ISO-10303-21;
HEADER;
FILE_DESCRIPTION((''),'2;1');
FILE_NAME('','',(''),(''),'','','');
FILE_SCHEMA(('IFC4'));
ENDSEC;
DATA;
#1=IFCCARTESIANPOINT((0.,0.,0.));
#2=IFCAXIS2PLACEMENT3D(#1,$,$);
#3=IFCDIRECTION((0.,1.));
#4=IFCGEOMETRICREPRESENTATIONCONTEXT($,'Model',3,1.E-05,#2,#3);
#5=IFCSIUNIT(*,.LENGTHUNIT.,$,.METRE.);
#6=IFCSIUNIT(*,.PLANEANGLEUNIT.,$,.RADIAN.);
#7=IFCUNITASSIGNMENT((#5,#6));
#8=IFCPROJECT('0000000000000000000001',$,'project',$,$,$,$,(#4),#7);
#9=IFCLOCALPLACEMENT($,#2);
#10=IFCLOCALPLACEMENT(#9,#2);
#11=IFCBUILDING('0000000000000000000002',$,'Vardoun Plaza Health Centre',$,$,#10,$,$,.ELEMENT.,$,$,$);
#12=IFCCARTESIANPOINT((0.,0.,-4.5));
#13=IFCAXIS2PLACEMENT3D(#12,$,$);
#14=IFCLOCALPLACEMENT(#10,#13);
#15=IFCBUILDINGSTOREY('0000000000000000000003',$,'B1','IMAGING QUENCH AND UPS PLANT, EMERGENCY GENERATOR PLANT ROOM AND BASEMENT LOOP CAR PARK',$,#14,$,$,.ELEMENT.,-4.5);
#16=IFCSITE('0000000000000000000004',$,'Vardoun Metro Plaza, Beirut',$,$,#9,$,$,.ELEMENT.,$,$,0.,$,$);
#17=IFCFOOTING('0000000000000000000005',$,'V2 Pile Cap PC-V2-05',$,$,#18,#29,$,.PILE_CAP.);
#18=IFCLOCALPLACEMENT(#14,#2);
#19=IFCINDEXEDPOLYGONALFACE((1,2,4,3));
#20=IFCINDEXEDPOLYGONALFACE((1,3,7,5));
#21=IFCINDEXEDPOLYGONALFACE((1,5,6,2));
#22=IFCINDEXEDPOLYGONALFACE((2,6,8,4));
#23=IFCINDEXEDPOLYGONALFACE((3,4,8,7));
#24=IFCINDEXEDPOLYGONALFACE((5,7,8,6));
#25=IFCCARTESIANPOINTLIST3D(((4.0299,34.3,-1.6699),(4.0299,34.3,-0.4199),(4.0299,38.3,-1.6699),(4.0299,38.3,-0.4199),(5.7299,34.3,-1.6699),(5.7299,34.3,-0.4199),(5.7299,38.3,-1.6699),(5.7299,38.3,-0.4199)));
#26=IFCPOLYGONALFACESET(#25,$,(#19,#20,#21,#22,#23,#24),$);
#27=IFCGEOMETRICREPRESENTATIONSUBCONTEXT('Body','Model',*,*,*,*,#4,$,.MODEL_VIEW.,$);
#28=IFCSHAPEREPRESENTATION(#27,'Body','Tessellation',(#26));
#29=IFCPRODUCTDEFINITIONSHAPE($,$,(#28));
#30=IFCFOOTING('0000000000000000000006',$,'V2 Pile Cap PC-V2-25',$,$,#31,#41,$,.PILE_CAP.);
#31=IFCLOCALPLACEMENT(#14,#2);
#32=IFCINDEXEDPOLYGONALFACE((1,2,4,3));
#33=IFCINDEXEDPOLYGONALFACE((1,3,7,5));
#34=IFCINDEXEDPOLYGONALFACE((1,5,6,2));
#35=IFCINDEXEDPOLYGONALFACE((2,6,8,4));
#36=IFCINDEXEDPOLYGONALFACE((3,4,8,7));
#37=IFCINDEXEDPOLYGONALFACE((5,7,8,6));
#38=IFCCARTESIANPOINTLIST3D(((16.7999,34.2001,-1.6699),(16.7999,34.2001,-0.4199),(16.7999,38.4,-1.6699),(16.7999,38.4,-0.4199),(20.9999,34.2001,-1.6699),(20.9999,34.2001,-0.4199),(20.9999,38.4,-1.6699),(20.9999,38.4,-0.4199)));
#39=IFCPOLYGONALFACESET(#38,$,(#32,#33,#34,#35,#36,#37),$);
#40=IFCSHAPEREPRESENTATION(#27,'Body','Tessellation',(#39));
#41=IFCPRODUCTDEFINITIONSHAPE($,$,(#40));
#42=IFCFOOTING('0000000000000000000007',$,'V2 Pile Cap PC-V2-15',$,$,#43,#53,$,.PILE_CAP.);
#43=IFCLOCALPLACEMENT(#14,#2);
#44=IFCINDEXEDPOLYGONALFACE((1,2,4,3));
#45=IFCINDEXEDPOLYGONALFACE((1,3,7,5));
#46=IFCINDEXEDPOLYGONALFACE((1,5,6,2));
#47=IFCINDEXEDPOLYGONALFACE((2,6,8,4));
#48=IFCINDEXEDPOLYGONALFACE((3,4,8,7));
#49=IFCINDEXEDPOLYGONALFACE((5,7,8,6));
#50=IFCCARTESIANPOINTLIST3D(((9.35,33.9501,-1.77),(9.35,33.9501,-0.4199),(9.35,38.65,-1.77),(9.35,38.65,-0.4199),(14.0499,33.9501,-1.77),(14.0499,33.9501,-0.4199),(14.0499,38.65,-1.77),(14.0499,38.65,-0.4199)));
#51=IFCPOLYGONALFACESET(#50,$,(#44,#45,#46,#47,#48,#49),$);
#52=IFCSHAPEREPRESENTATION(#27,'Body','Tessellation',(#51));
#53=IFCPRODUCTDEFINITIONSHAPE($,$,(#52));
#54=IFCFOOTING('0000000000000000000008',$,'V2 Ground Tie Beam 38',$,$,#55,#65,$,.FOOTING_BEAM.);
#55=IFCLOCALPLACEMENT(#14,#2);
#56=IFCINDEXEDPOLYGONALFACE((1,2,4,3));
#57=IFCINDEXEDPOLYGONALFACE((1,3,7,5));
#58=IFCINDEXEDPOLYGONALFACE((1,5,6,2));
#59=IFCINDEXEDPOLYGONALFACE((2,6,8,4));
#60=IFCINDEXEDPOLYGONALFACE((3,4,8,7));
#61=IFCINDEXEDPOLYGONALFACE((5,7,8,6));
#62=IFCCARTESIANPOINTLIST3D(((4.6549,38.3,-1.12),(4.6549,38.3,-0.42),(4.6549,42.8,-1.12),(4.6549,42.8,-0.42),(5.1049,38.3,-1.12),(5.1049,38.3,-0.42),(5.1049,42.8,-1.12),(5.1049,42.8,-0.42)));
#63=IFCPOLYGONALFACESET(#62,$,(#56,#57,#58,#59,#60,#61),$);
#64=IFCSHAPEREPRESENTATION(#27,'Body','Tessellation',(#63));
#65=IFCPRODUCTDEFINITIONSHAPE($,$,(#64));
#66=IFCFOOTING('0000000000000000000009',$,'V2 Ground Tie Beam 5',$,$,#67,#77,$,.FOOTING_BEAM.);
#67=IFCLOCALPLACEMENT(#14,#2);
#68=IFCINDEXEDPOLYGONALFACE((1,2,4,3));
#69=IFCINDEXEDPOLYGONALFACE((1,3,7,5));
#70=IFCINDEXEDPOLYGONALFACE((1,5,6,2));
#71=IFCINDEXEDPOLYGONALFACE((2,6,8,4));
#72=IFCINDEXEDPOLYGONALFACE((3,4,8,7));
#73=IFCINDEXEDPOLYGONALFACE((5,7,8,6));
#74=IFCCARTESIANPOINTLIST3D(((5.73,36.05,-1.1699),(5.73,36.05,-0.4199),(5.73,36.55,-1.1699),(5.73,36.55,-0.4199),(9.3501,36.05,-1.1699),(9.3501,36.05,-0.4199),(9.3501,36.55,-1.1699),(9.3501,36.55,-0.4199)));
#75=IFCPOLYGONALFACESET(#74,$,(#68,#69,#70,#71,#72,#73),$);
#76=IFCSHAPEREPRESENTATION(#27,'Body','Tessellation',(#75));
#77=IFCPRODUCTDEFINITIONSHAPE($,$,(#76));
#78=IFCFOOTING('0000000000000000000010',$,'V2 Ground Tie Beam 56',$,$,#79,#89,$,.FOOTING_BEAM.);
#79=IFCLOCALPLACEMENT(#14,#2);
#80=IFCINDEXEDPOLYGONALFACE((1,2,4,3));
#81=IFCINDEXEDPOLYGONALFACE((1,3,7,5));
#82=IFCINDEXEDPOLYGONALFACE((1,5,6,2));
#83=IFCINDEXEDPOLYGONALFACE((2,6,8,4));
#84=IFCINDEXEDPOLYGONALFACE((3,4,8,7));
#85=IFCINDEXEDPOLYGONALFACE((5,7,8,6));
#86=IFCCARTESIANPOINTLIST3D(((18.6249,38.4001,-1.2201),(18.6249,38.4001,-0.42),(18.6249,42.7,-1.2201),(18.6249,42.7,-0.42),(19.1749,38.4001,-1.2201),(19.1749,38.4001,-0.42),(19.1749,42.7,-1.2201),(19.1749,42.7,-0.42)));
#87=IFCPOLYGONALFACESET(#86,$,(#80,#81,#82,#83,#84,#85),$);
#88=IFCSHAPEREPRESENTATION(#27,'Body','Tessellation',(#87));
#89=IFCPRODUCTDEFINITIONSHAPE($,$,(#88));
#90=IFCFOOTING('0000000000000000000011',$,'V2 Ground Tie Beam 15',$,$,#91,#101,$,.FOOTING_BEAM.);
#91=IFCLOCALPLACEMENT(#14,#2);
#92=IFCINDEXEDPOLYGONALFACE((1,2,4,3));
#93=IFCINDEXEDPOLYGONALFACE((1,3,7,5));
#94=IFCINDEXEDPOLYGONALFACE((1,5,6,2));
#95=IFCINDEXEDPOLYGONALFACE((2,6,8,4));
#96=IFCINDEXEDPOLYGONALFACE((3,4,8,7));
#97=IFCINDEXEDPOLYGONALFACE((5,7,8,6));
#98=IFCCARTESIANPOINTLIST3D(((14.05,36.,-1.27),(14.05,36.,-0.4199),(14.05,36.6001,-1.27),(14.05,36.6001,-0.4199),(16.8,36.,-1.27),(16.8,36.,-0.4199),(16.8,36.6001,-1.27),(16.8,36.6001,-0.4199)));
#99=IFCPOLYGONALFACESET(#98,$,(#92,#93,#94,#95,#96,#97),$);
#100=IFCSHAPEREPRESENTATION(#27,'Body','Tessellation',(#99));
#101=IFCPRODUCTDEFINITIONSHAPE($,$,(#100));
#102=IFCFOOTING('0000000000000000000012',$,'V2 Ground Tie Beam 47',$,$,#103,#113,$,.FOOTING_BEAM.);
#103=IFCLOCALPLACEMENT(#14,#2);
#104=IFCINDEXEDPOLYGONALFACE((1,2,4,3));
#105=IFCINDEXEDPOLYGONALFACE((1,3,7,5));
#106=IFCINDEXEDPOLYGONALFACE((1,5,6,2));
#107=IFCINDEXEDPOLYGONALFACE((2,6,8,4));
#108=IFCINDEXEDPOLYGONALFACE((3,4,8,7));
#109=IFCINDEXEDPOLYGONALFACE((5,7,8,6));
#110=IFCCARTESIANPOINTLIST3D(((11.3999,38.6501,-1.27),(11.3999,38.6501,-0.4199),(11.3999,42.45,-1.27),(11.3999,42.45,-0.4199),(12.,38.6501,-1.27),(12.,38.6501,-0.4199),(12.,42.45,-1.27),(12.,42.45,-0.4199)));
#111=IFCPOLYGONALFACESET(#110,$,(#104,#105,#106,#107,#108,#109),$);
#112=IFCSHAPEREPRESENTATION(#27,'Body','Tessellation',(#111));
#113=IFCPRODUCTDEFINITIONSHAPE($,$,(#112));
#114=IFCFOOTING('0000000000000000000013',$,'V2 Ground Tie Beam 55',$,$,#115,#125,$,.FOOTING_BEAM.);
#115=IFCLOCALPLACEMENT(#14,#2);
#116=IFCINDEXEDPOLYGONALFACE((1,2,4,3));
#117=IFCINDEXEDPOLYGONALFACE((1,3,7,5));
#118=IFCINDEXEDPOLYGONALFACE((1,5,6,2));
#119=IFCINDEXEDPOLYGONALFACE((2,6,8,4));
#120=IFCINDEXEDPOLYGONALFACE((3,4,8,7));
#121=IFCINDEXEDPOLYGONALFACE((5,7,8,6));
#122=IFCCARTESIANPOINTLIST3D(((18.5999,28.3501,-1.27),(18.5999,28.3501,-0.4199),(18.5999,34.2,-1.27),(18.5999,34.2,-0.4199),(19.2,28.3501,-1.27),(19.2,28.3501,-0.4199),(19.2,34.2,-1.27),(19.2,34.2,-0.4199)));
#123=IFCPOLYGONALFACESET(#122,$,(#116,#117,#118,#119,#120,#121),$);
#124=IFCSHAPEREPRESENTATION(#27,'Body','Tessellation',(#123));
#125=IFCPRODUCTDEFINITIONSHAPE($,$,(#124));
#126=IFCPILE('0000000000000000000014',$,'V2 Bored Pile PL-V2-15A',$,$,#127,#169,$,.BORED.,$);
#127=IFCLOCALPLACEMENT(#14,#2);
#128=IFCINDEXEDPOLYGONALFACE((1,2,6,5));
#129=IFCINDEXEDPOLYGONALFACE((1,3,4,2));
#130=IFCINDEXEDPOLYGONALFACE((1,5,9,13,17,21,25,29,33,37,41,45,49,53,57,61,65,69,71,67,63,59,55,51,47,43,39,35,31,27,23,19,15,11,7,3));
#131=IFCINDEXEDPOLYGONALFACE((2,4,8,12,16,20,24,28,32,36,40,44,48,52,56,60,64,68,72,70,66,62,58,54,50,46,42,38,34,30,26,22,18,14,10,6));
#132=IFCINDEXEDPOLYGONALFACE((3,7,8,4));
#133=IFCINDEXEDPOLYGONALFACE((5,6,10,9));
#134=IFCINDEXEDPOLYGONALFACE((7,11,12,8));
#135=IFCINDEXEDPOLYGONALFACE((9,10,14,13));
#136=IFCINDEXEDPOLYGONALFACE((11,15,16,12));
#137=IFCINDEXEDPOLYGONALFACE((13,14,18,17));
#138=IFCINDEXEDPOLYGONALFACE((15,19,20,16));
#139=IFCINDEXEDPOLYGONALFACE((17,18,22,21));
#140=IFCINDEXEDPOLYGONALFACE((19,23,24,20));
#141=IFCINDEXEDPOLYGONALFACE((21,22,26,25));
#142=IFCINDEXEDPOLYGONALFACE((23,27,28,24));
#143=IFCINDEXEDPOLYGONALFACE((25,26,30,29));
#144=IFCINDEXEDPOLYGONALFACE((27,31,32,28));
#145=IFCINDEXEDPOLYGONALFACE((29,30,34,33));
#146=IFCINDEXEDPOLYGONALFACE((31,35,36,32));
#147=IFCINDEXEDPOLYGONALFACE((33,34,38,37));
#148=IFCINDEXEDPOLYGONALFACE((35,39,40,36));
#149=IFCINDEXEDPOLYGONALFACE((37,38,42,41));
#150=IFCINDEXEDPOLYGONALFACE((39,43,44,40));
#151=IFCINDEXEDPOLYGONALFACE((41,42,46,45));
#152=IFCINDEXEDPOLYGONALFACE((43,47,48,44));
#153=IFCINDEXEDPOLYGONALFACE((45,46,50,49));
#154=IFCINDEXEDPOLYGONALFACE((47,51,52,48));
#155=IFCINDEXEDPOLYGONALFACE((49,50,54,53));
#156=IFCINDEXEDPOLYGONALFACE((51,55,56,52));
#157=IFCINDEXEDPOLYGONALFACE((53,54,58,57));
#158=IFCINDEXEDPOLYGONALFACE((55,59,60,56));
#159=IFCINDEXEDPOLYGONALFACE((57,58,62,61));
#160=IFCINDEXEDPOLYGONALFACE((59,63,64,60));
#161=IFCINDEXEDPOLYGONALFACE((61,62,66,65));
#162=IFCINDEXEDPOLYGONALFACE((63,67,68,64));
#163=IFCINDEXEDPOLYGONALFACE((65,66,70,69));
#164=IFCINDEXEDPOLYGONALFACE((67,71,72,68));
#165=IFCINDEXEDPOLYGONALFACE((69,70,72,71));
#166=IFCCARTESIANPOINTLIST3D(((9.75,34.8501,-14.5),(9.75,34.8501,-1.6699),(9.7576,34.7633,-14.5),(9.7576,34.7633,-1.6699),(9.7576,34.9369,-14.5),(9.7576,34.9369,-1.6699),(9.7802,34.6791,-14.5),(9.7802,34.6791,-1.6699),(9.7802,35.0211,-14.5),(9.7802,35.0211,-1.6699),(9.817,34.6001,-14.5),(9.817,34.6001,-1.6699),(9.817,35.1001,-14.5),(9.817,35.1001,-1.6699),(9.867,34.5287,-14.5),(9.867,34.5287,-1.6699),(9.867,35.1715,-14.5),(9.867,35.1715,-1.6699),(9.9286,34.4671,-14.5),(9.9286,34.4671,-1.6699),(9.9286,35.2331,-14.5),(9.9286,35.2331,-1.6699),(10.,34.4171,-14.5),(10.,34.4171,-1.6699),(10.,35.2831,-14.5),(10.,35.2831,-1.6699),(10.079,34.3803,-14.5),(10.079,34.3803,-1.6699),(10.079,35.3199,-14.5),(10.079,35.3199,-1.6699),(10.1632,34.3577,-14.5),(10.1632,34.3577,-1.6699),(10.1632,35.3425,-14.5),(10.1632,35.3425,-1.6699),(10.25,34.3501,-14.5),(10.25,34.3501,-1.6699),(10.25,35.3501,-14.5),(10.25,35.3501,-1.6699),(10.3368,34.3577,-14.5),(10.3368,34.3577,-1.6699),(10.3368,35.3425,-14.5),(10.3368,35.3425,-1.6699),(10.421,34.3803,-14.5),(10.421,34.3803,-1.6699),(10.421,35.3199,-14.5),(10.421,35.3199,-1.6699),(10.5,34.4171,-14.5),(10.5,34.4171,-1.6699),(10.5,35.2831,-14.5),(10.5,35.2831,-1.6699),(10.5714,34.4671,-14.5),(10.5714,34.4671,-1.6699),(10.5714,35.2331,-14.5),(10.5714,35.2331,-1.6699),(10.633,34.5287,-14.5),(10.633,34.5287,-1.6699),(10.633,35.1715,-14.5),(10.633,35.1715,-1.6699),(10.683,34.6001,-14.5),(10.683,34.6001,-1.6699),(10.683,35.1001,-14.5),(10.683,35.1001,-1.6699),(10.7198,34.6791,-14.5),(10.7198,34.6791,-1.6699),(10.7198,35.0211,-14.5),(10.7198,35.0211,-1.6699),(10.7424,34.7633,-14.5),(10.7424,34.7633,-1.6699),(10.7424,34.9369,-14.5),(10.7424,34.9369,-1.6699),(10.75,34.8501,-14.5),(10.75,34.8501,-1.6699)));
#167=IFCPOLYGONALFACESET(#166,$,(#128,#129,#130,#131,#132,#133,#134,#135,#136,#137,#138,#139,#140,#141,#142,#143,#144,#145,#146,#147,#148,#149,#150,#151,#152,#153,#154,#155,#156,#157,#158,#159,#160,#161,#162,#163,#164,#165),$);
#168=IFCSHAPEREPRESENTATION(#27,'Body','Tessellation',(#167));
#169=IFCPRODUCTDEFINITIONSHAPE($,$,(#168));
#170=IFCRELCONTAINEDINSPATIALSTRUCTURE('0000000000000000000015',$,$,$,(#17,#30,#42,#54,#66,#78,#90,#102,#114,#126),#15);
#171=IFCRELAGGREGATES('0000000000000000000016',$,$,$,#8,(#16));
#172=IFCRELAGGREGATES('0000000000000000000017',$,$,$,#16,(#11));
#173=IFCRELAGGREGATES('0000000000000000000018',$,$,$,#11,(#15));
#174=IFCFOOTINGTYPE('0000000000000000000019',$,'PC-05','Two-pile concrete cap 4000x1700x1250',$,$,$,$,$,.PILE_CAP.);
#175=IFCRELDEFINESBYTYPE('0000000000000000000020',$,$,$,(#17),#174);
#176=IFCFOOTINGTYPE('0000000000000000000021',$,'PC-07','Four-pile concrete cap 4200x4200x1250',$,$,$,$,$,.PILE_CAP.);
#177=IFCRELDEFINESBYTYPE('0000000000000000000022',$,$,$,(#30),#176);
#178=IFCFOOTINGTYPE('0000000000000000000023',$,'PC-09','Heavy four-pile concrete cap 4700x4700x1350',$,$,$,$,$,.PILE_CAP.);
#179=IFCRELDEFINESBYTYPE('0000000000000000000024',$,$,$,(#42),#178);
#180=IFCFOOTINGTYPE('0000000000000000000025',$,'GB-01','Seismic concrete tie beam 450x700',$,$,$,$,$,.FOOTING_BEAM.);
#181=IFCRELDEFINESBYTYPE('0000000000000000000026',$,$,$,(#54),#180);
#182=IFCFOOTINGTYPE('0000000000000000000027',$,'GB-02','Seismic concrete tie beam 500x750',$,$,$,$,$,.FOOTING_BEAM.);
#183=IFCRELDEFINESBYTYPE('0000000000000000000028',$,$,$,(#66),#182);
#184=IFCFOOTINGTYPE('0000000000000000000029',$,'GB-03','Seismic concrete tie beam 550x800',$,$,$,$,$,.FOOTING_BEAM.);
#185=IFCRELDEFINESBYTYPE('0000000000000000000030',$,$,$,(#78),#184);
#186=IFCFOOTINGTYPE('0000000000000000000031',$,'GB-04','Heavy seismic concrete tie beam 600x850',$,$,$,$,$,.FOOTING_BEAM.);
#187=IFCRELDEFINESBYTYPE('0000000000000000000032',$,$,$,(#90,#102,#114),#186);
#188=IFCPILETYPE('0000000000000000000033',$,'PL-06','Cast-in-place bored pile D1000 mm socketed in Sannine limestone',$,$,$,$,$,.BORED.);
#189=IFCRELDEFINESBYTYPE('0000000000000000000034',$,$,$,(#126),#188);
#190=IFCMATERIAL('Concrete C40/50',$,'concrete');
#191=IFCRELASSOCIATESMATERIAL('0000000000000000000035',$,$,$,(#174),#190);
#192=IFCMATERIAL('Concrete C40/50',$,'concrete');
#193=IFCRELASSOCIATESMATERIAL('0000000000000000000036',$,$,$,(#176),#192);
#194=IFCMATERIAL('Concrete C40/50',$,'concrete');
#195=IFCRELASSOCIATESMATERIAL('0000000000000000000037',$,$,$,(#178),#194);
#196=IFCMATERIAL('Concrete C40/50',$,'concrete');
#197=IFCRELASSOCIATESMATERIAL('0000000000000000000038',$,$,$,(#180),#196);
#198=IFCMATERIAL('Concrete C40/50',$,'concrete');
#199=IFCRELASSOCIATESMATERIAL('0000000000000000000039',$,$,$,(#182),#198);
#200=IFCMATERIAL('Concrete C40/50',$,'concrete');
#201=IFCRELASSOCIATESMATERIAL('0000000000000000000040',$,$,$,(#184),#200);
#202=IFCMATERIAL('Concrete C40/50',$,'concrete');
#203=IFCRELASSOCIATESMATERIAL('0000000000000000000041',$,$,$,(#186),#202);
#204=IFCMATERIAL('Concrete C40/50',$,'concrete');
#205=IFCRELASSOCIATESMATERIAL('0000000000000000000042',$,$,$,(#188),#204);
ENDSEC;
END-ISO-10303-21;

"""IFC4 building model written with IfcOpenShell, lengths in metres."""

from ifc_helpers import new_model, si_unit, direction, frame, origin, origin_2d, place, context, subcontext, project, spatial, rectangle, circle, extrude, material, material_profile, profile_set, type_object, element, save


model = new_model("IFC4")

# Units and contexts
model_context = context("Model", 3, precision=1e-05, world=origin(), true_north=direction((0.0, 1.0)))
body_context = subcontext(model_context, "Body", "Model", "MODEL_VIEW")
ifc_project = project(units=[si_unit("LENGTHUNIT", "METRE"), si_unit("PLANEANGLEUNIT", "RADIAN")], contexts=[model_context])

# Site, building, storey
site_placement = place(None, origin())
site = spatial("IfcSite", under=ifc_project, at=site_placement, Name="Vardoun Metro Plaza, Beirut", CompositionType="ELEMENT", RefElevation=0.0)
building_placement = place(site_placement, origin())
building = spatial("IfcBuilding", under=site, at=building_placement, Name="Vardoun Plaza Health Centre", CompositionType="ELEMENT")
storey_placement = place(building_placement, frame((0.0, 0.0, -4.5)))
storey = spatial("IfcBuildingStorey", under=building, at=storey_placement, Name="B1", Description="IMAGING QUENCH AND UPS PLANT, EMERGENCY GENERATOR PLANT ROOM AND BASEMENT LOOP CAR PARK", CompositionType="ELEMENT", Elevation=-4.5)

# Footings
ifc_material_1 = material(Name="Concrete C40/50", Category="concrete")
footing_type_1 = type_object("IfcFootingType", Name="PC-05", Description="Two-pile concrete cap 4000x1700x1250", PredefinedType="PILE_CAP", material=ifc_material_1)
footing_1_placement = place(storey_placement, frame((4.8799, 36.3, -1.6699), z_axis=(0.0, 0.0, 1.0), x_axis=(0.0, 1.0, 0.0)))
element("IfcFooting", 1, at=footing_1_placement, inside=storey, type_object=footing_type_1, Name="V2 Pile Cap PC-V2-05", PredefinedType="PILE_CAP", context=body_context, shape_type="SweptSolid", body=[
    extrude(rectangle(XDim=4.0, YDim=1.7, at=origin_2d()), origin(), (0.0, 0.0, 1.0), 1.25),
])
ifc_material_2 = material(Name="Concrete C40/50", Category="concrete")
footing_type_2 = type_object("IfcFootingType", Name="PC-07", Description="Four-pile concrete cap 4200x4200x1250", PredefinedType="PILE_CAP", material=ifc_material_2)
footing_2_placement = place(storey_placement, frame((18.8999, 36.3, -1.6699), z_axis=(0.0, 0.0, 1.0), x_axis=(1.0, 0.0, 0.0)))
element("IfcFooting", 2, at=footing_2_placement, inside=storey, type_object=footing_type_2, Name="V2 Pile Cap PC-V2-25", PredefinedType="PILE_CAP", context=body_context, shape_type="SweptSolid", body=[
    extrude(rectangle(XDim=4.2, YDim=4.2, at=origin_2d()), origin(), (0.0, 0.0, 1.0), 1.25),
])
ifc_material_3 = material(Name="Concrete C40/50", Category="concrete")
footing_type_3 = type_object("IfcFootingType", Name="PC-09", Description="Heavy four-pile concrete cap 4700x4700x1350", PredefinedType="PILE_CAP", material=ifc_material_3)
footing_3_placement = place(storey_placement, frame((11.7, 36.3, -1.77), z_axis=(0.0, 0.0, 1.0), x_axis=(1.0, 0.0, 0.0)))
element("IfcFooting", 3, at=footing_3_placement, inside=storey, type_object=footing_type_3, Name="V2 Pile Cap PC-V2-15", PredefinedType="PILE_CAP", context=body_context, shape_type="SweptSolid", body=[
    extrude(rectangle(XDim=4.7, YDim=4.7, at=origin_2d()), origin(), (0.0, 0.0, 1.0), 1.3501),
])
ifc_material_4 = material(Name="Concrete C40/50", Category="concrete")
ifc_material_profile_1 = material_profile(ifc_material_4, rectangle(XDim=0.45, YDim=0.7, at=origin_2d()), Name="GB 450x700")
ifc_profile_set_1 = profile_set([ifc_material_profile_1], Name="Concrete C40/50")
footing_type_4 = type_object("IfcFootingType", Name="GB-01", Description="Seismic concrete tie beam 450x700", PredefinedType="FOOTING_BEAM", material=ifc_profile_set_1)
footing_4_placement = place(storey_placement, frame((4.8799, 38.3, -0.77), z_axis=(0.0, 1.0, 0.0), x_axis=(-1.0, 0.0, 0.0)))
element("IfcFooting", 4, at=footing_4_placement, inside=storey, type_object=footing_type_4, Name="V2 Ground Tie Beam 38", PredefinedType="FOOTING_BEAM", context=body_context, shape_type="SweptSolid", body=[
    extrude(rectangle(XDim=0.45, YDim=0.7, at=origin_2d()), origin(), (0.0, 0.0, 1.0), 4.5),
])
ifc_material_5 = material(Name="Concrete C40/50", Category="concrete")
ifc_material_profile_2 = material_profile(ifc_material_5, rectangle(XDim=0.5, YDim=0.75, at=origin_2d()), Name="GB 500x750")
ifc_profile_set_2 = profile_set([ifc_material_profile_2], Name="Concrete C40/50")
footing_type_5 = type_object("IfcFootingType", Name="GB-02", Description="Seismic concrete tie beam 500x750", PredefinedType="FOOTING_BEAM", material=ifc_profile_set_2)
footing_5_placement = place(storey_placement, frame((5.73, 36.3, -0.7949), z_axis=(1.0, 0.0, 0.0), x_axis=(0.0, 1.0, 0.0)))
element("IfcFooting", 5, at=footing_5_placement, inside=storey, type_object=footing_type_5, Name="V2 Ground Tie Beam 5", PredefinedType="FOOTING_BEAM", context=body_context, shape_type="SweptSolid", body=[
    extrude(rectangle(XDim=0.5, YDim=0.75, at=origin_2d()), origin(), (0.0, 0.0, 1.0), 3.6201),
])
ifc_material_6 = material(Name="Concrete C40/50", Category="concrete")
ifc_material_profile_3 = material_profile(ifc_material_6, rectangle(XDim=0.55, YDim=0.8, at=origin_2d()), Name="GB 550x800")
ifc_profile_set_3 = profile_set([ifc_material_profile_3], Name="Concrete C40/50")
footing_type_6 = type_object("IfcFootingType", Name="GB-03", Description="Seismic concrete tie beam 550x800", PredefinedType="FOOTING_BEAM", material=ifc_profile_set_3)
footing_6_placement = place(storey_placement, frame((18.8999, 38.4001, -0.8201), z_axis=(0.0, 1.0, 0.0), x_axis=(-1.0, 0.0, 0.0)))
element("IfcFooting", 6, at=footing_6_placement, inside=storey, type_object=footing_type_6, Name="V2 Ground Tie Beam 56", PredefinedType="FOOTING_BEAM", context=body_context, shape_type="SweptSolid", body=[
    extrude(rectangle(XDim=0.55, YDim=0.8, at=origin_2d()), origin(), (0.0, 0.0, 1.0), 4.2998),
])
ifc_material_7 = material(Name="Concrete C40/50", Category="concrete")
ifc_material_profile_4 = material_profile(ifc_material_7, rectangle(XDim=0.6001, YDim=0.8501, at=origin_2d()), Name="GB 600x850")
ifc_profile_set_4 = profile_set([ifc_material_profile_4], Name="Concrete C40/50")
footing_type_7 = type_object("IfcFootingType", Name="GB-04", Description="Heavy seismic concrete tie beam 600x850", PredefinedType="FOOTING_BEAM", material=ifc_profile_set_4)
footing_7_placement = place(storey_placement, frame((14.05, 36.3, -0.845), z_axis=(1.0, 0.0, 0.0), x_axis=(0.0, 1.0, 0.0)))
element("IfcFooting", 7, at=footing_7_placement, inside=storey, type_object=footing_type_7, Name="V2 Ground Tie Beam 15", PredefinedType="FOOTING_BEAM", context=body_context, shape_type="SweptSolid", body=[
    extrude(rectangle(XDim=0.6001, YDim=0.8501, at=origin_2d()), origin(), (0.0, 0.0, 1.0), 2.75),
])
footing_8_placement = place(storey_placement, frame((11.7, 38.6501, -0.845), z_axis=(0.0, 1.0, 0.0), x_axis=(-1.0, 0.0, 0.0)))
element("IfcFooting", 8, at=footing_8_placement, inside=storey, type_object=footing_type_7, Name="V2 Ground Tie Beam 47", PredefinedType="FOOTING_BEAM", context=body_context, shape_type="SweptSolid", body=[
    extrude(rectangle(XDim=0.6001, YDim=0.8501, at=origin_2d()), origin(), (0.0, 0.0, 1.0), 3.7998),
])
footing_9_placement = place(storey_placement, frame((18.8999, 28.3501, -0.845), z_axis=(0.0, 1.0, 0.0), x_axis=(-1.0, 0.0, 0.0)))
element("IfcFooting", 9, at=footing_9_placement, inside=storey, type_object=footing_type_7, Name="V2 Ground Tie Beam 55", PredefinedType="FOOTING_BEAM", context=body_context, shape_type="SweptSolid", body=[
    extrude(rectangle(XDim=0.6001, YDim=0.8501, at=origin_2d()), origin(), (0.0, 0.0, 1.0), 5.8499),
])

# Pile
ifc_material_8 = material(Name="Concrete C40/50", Category="concrete")
ifc_material_profile_5 = material_profile(ifc_material_8, circle(Radius=0.5, at=origin_2d()), Name="PILE D1000")
ifc_profile_set_5 = profile_set([ifc_material_profile_5], Name="Concrete C40/50")
pile_type_1 = type_object("IfcPileType", Name="PL-06", Description="Cast-in-place bored pile D1000 mm socketed in Sannine limestone", PredefinedType="BORED", material=ifc_profile_set_5)
for number, where, z_axis, x_axis, name in (
    (10, (10.25, 34.8501, -1.6699), (0.0, 0.0, -1.0), (1.0, 0.0, 0.0), "V2 Bored Pile PL-V2-15A"),
):
    element("IfcPile", number, at=place(storey_placement, frame(where, z_axis=z_axis, x_axis=x_axis)), inside=storey, type_object=pile_type_1, Name=name, PredefinedType="BORED", context=body_context, shape_type="SweptSolid", body=[
        extrude(circle(Radius=0.5, at=origin_2d()), origin(), (0.0, 0.0, 1.0), 12.8301),
    ])

save(model, "model.ifc")
